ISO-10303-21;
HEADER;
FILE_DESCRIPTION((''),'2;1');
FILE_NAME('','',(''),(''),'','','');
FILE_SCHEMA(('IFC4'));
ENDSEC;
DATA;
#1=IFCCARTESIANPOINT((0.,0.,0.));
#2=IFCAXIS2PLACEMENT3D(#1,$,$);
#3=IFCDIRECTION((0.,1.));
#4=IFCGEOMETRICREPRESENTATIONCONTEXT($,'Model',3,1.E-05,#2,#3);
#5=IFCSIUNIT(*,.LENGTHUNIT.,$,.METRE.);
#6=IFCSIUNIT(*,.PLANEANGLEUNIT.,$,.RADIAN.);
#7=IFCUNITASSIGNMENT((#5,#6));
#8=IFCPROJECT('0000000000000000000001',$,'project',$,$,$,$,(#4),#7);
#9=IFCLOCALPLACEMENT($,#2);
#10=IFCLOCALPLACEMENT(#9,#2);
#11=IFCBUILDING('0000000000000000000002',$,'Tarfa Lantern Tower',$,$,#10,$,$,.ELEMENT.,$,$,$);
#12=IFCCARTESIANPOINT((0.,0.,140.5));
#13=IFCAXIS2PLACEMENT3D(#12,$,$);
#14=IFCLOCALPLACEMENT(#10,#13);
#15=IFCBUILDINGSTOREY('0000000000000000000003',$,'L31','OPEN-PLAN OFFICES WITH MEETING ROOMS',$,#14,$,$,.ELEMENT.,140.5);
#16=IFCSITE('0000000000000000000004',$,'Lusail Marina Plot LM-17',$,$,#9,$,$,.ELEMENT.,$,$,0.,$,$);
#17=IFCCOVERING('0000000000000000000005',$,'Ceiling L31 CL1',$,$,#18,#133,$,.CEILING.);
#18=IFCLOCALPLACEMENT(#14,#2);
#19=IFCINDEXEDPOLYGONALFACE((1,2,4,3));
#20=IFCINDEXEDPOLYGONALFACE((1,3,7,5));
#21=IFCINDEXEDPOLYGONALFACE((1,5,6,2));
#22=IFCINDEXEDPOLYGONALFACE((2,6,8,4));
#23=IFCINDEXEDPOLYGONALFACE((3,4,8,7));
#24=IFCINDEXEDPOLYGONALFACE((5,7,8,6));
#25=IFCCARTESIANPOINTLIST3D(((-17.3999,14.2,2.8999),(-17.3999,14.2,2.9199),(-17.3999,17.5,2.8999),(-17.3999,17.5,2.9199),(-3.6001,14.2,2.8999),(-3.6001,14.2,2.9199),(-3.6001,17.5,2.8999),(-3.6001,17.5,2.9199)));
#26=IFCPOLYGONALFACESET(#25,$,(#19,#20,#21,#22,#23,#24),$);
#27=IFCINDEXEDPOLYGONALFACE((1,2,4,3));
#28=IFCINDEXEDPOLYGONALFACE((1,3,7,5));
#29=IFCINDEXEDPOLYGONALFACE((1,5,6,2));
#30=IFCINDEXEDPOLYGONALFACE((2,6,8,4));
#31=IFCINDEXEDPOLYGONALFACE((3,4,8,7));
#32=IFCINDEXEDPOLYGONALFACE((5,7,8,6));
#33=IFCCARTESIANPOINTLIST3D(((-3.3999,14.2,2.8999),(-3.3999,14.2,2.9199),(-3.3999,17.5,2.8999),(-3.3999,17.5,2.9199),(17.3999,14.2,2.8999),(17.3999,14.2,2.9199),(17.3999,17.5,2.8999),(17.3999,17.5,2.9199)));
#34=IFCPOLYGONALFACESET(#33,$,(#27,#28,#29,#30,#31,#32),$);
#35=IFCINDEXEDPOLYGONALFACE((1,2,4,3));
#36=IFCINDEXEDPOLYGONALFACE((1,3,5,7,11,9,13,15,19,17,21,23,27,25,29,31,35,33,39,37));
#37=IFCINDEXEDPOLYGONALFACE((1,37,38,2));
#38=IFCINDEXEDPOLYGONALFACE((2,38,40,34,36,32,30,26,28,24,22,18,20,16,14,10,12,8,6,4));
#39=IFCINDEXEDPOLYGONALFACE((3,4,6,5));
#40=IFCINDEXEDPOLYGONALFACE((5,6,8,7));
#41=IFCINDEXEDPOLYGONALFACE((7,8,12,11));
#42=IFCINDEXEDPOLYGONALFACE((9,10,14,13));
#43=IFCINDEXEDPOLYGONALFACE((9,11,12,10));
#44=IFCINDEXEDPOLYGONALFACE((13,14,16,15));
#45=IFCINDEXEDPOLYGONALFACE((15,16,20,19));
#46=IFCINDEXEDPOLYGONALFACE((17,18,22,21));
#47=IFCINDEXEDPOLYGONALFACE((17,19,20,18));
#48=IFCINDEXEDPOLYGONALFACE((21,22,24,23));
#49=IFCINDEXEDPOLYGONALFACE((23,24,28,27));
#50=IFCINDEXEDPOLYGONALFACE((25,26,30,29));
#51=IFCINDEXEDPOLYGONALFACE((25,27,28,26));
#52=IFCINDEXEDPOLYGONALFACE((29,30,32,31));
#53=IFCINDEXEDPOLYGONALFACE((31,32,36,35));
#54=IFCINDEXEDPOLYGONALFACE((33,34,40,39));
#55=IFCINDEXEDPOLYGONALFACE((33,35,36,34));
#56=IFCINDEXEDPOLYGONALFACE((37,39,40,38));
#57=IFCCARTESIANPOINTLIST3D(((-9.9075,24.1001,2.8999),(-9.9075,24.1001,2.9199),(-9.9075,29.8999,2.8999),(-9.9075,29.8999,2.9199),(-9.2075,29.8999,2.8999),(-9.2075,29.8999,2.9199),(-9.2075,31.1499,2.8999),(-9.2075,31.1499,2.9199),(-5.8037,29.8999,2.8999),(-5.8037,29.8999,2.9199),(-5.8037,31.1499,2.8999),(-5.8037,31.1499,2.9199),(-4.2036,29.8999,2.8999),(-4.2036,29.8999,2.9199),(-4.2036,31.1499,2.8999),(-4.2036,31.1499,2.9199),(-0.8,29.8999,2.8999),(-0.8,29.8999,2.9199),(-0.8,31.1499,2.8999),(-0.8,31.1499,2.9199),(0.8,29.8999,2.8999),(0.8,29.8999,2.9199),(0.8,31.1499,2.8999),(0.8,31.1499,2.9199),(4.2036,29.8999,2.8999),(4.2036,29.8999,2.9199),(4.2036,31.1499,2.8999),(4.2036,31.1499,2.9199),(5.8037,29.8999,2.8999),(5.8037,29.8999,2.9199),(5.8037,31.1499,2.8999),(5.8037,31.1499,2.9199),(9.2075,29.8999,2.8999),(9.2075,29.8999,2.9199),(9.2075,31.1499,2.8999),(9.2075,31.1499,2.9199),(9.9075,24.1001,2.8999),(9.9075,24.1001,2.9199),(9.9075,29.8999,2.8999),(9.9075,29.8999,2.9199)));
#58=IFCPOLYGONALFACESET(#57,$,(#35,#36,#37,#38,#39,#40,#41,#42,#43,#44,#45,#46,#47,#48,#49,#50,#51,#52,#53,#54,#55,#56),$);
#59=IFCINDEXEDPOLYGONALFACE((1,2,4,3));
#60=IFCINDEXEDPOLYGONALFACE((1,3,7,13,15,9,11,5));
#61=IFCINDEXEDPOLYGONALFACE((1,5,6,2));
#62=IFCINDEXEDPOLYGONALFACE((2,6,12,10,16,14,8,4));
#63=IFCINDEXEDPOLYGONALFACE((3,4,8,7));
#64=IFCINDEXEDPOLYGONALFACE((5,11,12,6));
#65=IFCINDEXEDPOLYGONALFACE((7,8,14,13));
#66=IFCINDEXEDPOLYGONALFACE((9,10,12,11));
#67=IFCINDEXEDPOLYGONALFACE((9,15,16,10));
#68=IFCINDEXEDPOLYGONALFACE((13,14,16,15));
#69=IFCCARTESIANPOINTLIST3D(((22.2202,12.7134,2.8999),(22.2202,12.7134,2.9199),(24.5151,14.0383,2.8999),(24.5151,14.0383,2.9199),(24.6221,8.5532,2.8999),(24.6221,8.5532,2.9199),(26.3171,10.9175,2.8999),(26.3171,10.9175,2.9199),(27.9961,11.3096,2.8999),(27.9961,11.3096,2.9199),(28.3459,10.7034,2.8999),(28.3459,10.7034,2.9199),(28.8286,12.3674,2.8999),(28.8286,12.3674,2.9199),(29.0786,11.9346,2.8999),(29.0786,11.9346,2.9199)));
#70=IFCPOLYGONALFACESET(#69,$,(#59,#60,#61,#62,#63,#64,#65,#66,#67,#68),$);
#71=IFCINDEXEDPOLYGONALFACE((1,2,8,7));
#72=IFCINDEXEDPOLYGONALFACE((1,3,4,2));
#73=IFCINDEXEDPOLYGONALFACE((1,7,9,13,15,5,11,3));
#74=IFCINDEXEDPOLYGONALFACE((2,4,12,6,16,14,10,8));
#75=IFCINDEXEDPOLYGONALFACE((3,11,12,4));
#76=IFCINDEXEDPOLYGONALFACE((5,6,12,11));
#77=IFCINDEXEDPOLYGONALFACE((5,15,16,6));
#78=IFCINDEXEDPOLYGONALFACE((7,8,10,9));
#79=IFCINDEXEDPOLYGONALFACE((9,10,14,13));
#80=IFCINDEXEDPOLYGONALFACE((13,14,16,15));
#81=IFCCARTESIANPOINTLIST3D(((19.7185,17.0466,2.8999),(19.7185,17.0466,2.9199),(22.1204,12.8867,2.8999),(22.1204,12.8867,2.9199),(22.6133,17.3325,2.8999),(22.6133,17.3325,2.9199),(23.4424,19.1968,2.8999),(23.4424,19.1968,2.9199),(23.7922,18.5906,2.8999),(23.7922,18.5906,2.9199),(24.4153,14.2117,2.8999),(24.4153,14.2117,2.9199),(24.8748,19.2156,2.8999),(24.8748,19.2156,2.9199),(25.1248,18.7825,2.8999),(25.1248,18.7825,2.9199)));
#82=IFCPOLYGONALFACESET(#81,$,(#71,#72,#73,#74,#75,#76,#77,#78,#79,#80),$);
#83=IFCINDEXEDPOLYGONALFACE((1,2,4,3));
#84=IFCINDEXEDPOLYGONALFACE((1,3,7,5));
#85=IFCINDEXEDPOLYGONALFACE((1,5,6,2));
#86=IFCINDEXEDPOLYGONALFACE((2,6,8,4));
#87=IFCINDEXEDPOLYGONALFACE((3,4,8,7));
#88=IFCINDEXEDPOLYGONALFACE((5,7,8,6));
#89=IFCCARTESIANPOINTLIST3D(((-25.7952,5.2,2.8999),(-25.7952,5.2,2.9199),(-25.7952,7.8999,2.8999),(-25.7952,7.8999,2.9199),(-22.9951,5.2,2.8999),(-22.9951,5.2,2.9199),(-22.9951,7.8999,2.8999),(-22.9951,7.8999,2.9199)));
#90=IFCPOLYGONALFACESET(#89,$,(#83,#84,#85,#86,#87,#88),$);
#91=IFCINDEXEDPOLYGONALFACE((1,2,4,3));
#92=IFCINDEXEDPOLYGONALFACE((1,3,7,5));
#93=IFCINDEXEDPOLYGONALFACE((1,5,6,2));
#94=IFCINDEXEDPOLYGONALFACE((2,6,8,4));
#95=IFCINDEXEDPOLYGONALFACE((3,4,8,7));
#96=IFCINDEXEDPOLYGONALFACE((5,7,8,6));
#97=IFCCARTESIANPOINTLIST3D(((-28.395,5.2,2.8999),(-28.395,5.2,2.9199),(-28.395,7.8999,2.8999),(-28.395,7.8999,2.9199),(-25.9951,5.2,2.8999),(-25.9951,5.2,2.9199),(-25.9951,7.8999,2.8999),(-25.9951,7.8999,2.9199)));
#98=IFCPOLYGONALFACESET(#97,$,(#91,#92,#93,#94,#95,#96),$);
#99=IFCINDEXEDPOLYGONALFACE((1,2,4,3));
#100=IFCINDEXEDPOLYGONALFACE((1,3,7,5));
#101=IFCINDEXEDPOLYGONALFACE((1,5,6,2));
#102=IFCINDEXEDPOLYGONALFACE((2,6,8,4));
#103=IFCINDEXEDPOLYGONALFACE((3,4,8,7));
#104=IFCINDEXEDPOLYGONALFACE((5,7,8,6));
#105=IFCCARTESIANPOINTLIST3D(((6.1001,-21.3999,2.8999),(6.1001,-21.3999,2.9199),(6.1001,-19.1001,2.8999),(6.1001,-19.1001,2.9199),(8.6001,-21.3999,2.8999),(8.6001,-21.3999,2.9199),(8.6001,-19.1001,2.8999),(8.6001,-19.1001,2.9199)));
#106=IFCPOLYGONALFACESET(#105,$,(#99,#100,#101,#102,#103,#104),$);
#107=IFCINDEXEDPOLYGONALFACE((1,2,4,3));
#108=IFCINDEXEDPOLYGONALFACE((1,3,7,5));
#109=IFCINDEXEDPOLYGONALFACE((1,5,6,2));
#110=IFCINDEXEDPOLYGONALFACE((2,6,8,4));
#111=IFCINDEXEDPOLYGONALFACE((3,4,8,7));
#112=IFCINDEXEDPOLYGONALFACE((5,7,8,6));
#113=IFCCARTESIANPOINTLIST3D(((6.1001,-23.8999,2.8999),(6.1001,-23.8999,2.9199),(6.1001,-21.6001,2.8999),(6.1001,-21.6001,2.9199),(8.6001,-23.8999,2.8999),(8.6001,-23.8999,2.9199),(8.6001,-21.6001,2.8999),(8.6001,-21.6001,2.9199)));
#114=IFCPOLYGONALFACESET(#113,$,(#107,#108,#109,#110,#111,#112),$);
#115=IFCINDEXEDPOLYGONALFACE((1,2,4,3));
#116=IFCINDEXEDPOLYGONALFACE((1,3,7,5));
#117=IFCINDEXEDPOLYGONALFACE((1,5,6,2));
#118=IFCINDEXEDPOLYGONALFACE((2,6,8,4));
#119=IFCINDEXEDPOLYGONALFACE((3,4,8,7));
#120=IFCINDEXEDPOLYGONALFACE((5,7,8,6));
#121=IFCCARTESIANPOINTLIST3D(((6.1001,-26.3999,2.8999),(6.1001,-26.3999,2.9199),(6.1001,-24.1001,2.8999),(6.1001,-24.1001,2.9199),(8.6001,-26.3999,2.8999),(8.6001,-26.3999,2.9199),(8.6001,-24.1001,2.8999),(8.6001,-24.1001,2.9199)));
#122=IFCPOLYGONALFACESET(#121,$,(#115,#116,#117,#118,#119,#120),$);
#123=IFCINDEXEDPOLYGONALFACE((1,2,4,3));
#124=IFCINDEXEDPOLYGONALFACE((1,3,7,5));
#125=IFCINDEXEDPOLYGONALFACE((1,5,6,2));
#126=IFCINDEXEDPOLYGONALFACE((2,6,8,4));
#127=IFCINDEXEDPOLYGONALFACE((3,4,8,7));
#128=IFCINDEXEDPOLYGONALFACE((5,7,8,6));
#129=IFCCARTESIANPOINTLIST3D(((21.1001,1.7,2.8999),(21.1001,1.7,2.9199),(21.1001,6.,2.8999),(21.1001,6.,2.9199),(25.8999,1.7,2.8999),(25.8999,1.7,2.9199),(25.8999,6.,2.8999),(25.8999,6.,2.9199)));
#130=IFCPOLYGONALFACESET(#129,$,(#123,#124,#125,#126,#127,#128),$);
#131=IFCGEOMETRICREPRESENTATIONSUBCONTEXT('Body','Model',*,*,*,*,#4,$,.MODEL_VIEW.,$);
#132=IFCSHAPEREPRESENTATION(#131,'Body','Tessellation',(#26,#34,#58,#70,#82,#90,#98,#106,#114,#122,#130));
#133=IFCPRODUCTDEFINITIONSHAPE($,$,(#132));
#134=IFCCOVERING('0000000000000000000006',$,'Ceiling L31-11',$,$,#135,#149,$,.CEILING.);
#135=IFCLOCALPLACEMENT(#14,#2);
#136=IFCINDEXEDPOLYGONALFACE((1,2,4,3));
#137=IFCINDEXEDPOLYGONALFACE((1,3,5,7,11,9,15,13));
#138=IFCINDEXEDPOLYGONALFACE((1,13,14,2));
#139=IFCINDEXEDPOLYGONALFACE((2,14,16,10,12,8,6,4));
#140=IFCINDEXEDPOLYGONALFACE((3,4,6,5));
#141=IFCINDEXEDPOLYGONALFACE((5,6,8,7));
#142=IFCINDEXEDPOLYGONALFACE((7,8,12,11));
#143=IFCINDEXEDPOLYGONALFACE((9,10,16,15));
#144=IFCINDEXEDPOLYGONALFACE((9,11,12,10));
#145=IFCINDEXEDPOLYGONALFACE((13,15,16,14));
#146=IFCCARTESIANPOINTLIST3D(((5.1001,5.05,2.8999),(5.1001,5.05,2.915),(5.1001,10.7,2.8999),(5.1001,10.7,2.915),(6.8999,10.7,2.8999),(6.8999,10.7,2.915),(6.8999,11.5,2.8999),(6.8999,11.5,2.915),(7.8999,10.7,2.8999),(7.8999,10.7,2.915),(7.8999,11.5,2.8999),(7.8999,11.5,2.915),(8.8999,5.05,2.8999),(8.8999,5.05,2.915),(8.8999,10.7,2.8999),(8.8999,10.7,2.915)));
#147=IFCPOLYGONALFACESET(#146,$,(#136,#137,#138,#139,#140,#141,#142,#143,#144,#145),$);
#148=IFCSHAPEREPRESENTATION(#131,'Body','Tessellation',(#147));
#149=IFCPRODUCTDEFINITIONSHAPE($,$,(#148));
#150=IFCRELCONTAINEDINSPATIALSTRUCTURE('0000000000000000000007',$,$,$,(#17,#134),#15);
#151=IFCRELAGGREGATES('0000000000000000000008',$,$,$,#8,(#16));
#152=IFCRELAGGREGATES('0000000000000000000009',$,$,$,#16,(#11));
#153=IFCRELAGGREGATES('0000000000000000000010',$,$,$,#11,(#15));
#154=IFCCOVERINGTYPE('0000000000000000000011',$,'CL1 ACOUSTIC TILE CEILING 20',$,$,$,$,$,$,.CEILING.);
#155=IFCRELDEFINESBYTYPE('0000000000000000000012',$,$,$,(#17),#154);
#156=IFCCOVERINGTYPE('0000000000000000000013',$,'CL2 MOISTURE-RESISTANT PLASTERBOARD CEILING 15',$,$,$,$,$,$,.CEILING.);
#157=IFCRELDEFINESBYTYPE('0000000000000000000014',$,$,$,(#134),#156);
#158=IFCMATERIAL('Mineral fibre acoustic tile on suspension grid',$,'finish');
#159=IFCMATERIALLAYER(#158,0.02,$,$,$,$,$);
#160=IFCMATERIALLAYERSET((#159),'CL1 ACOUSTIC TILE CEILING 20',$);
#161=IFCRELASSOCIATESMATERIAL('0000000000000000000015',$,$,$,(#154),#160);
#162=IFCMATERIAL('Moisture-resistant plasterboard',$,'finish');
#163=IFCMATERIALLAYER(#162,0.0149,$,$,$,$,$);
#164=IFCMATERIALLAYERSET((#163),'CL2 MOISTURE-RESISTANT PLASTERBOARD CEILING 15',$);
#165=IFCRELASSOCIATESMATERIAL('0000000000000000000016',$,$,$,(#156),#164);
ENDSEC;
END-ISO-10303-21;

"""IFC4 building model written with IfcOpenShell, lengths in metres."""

from ifc_helpers import new_model, si_unit, direction, frame, origin, place, context, subcontext, project, spatial, polyline, outline, extrude, material, layer, layer_set, type_object, element, save


model = new_model("IFC4")

# Units and contexts
model_context = context("Model", 3, precision=1e-05, world=origin(), true_north=direction((0.0, 1.0)))
body_context = subcontext(model_context, "Body", "Model", "MODEL_VIEW")
ifc_project = project(units=[si_unit("LENGTHUNIT", "METRE"), si_unit("PLANEANGLEUNIT", "RADIAN")], contexts=[model_context])

# Site, building, storey
site_placement = place(None, origin())
site = spatial("IfcSite", under=ifc_project, at=site_placement, Name="Lusail Marina Plot LM-17", CompositionType="ELEMENT", RefElevation=0.0)
building_placement = place(site_placement, origin())
building = spatial("IfcBuilding", under=site, at=building_placement, Name="Tarfa Lantern Tower", CompositionType="ELEMENT")
storey_placement = place(building_placement, frame((0.0, 0.0, 140.5)))
storey = spatial("IfcBuildingStorey", under=building, at=storey_placement, Name="L31", Description="OPEN-PLAN OFFICES WITH MEETING ROOMS", CompositionType="ELEMENT", Elevation=140.5)

# Coverings
ifc_material_1 = material(Name="Mineral fibre acoustic tile on suspension grid", Category="finish")
ifc_layer_1 = layer(ifc_material_1, 0.02)
ifc_layer_set_1 = layer_set([ifc_layer_1], Name="CL1 ACOUSTIC TILE CEILING 20")
covering_type_1 = type_object("IfcCoveringType", Name="CL1 ACOUSTIC TILE CEILING 20", PredefinedType="CEILING", material=ifc_layer_set_1)
covering_1_placement = place(storey_placement, frame((0.0, 0.0, 2.8999)))
element("IfcCovering", 1, at=covering_1_placement, inside=storey, type_object=covering_type_1, Name="Ceiling L31 CL1", PredefinedType="CEILING", context=body_context, shape_type="SweptSolid", body=[
    extrude(outline(polyline([(-17.3999, 17.5), (-3.6001, 17.5), (-3.6001, 14.2), (-17.3999, 14.2), (-17.3999, 17.5)])), origin(), (0.0, 0.0, 1.0), 0.02),
    extrude(outline(polyline([(-3.3999, 17.5), (17.3999, 17.5), (17.3999, 14.2), (-3.3999, 14.2), (-3.3999, 17.5)])), origin(), (0.0, 0.0, 1.0), 0.02),
    extrude(outline(polyline([(9.9075, 24.1001), (-9.9075, 24.1001), (-9.9075, 29.8999), (-9.2075, 29.8999), (-9.2075, 31.1499), (-5.8037, 31.1499), (-5.8037, 29.8999), (-4.2036, 29.8999), (-4.2036, 31.1499), (-0.8, 31.1499), (-0.8, 29.8999), (0.8, 29.8999), (0.8, 31.1499), (4.2036, 31.1499), (4.2036, 29.8999), (5.8037, 29.8999), (5.8037, 31.1499), (9.2075, 31.1499), (9.2075, 29.8999), (9.9075, 29.8999), (9.9075, 24.1001)])), origin(), (0.0, 0.0, 1.0), 0.02),
    extrude(outline(polyline([(24.6221, 8.5532), (22.2202, 12.7134), (24.5151, 14.0383), (26.3171, 10.9175), (28.8286, 12.3674), (29.0786, 11.9346), (27.9961, 11.3096), (28.3459, 10.7034), (24.6221, 8.5532)])), origin(), (0.0, 0.0, 1.0), 0.02),
    extrude(outline(polyline([(19.7185, 17.0466), (23.4424, 19.1968), (23.7922, 18.5906), (24.8748, 19.2156), (25.1248, 18.7825), (22.6133, 17.3325), (24.4153, 14.2117), (22.1204, 12.8867), (19.7185, 17.0466)])), origin(), (0.0, 0.0, 1.0), 0.02),
    extrude(outline(polyline([(-25.7952, 5.2), (-25.7952, 7.8999), (-22.9951, 7.8999), (-22.9951, 5.2), (-25.7952, 5.2)])), origin(), (0.0, 0.0, 1.0), 0.02),
    extrude(outline(polyline([(-28.395, 5.2), (-28.395, 7.8999), (-25.9951, 7.8999), (-25.9951, 5.2), (-28.395, 5.2)])), origin(), (0.0, 0.0, 1.0), 0.02),
    extrude(outline(polyline([(6.1001, -21.3999), (6.1001, -19.1001), (8.6001, -19.1001), (8.6001, -21.3999), (6.1001, -21.3999)])), origin(), (0.0, 0.0, 1.0), 0.02),
    extrude(outline(polyline([(6.1001, -23.8999), (6.1001, -21.6001), (8.6001, -21.6001), (8.6001, -23.8999), (6.1001, -23.8999)])), origin(), (0.0, 0.0, 1.0), 0.02),
    extrude(outline(polyline([(6.1001, -26.3999), (6.1001, -24.1001), (8.6001, -24.1001), (8.6001, -26.3999), (6.1001, -26.3999)])), origin(), (0.0, 0.0, 1.0), 0.02),
    extrude(outline(polyline([(21.1001, 6.0), (25.8999, 6.0), (25.8999, 1.7), (21.1001, 1.7), (21.1001, 6.0)])), origin(), (0.0, 0.0, 1.0), 0.02),
])
ifc_material_2 = material(Name="Moisture-resistant plasterboard", Category="finish")
ifc_layer_2 = layer(ifc_material_2, 0.0149)
ifc_layer_set_2 = layer_set([ifc_layer_2], Name="CL2 MOISTURE-RESISTANT PLASTERBOARD CEILING 15")
covering_type_2 = type_object("IfcCoveringType", Name="CL2 MOISTURE-RESISTANT PLASTERBOARD CEILING 15", PredefinedType="CEILING", material=ifc_layer_set_2)
covering_2_placement = place(storey_placement, frame((0.0, 0.0, 2.8999)))
element("IfcCovering", 2, at=covering_2_placement, inside=storey, type_object=covering_type_2, Name="Ceiling L31-11", PredefinedType="CEILING", context=body_context, shape_type="SweptSolid", body=[
    extrude(outline(polyline([(5.1001, 5.05), (8.8999, 5.05), (8.8999, 10.7), (7.8999, 10.7), (7.8999, 11.5), (6.8999, 11.5), (6.8999, 10.7), (5.1001, 10.7), (5.1001, 5.05)])), origin(), (0.0, 0.0, 1.0), 0.0151),
])

save(model, "model.ifc")
